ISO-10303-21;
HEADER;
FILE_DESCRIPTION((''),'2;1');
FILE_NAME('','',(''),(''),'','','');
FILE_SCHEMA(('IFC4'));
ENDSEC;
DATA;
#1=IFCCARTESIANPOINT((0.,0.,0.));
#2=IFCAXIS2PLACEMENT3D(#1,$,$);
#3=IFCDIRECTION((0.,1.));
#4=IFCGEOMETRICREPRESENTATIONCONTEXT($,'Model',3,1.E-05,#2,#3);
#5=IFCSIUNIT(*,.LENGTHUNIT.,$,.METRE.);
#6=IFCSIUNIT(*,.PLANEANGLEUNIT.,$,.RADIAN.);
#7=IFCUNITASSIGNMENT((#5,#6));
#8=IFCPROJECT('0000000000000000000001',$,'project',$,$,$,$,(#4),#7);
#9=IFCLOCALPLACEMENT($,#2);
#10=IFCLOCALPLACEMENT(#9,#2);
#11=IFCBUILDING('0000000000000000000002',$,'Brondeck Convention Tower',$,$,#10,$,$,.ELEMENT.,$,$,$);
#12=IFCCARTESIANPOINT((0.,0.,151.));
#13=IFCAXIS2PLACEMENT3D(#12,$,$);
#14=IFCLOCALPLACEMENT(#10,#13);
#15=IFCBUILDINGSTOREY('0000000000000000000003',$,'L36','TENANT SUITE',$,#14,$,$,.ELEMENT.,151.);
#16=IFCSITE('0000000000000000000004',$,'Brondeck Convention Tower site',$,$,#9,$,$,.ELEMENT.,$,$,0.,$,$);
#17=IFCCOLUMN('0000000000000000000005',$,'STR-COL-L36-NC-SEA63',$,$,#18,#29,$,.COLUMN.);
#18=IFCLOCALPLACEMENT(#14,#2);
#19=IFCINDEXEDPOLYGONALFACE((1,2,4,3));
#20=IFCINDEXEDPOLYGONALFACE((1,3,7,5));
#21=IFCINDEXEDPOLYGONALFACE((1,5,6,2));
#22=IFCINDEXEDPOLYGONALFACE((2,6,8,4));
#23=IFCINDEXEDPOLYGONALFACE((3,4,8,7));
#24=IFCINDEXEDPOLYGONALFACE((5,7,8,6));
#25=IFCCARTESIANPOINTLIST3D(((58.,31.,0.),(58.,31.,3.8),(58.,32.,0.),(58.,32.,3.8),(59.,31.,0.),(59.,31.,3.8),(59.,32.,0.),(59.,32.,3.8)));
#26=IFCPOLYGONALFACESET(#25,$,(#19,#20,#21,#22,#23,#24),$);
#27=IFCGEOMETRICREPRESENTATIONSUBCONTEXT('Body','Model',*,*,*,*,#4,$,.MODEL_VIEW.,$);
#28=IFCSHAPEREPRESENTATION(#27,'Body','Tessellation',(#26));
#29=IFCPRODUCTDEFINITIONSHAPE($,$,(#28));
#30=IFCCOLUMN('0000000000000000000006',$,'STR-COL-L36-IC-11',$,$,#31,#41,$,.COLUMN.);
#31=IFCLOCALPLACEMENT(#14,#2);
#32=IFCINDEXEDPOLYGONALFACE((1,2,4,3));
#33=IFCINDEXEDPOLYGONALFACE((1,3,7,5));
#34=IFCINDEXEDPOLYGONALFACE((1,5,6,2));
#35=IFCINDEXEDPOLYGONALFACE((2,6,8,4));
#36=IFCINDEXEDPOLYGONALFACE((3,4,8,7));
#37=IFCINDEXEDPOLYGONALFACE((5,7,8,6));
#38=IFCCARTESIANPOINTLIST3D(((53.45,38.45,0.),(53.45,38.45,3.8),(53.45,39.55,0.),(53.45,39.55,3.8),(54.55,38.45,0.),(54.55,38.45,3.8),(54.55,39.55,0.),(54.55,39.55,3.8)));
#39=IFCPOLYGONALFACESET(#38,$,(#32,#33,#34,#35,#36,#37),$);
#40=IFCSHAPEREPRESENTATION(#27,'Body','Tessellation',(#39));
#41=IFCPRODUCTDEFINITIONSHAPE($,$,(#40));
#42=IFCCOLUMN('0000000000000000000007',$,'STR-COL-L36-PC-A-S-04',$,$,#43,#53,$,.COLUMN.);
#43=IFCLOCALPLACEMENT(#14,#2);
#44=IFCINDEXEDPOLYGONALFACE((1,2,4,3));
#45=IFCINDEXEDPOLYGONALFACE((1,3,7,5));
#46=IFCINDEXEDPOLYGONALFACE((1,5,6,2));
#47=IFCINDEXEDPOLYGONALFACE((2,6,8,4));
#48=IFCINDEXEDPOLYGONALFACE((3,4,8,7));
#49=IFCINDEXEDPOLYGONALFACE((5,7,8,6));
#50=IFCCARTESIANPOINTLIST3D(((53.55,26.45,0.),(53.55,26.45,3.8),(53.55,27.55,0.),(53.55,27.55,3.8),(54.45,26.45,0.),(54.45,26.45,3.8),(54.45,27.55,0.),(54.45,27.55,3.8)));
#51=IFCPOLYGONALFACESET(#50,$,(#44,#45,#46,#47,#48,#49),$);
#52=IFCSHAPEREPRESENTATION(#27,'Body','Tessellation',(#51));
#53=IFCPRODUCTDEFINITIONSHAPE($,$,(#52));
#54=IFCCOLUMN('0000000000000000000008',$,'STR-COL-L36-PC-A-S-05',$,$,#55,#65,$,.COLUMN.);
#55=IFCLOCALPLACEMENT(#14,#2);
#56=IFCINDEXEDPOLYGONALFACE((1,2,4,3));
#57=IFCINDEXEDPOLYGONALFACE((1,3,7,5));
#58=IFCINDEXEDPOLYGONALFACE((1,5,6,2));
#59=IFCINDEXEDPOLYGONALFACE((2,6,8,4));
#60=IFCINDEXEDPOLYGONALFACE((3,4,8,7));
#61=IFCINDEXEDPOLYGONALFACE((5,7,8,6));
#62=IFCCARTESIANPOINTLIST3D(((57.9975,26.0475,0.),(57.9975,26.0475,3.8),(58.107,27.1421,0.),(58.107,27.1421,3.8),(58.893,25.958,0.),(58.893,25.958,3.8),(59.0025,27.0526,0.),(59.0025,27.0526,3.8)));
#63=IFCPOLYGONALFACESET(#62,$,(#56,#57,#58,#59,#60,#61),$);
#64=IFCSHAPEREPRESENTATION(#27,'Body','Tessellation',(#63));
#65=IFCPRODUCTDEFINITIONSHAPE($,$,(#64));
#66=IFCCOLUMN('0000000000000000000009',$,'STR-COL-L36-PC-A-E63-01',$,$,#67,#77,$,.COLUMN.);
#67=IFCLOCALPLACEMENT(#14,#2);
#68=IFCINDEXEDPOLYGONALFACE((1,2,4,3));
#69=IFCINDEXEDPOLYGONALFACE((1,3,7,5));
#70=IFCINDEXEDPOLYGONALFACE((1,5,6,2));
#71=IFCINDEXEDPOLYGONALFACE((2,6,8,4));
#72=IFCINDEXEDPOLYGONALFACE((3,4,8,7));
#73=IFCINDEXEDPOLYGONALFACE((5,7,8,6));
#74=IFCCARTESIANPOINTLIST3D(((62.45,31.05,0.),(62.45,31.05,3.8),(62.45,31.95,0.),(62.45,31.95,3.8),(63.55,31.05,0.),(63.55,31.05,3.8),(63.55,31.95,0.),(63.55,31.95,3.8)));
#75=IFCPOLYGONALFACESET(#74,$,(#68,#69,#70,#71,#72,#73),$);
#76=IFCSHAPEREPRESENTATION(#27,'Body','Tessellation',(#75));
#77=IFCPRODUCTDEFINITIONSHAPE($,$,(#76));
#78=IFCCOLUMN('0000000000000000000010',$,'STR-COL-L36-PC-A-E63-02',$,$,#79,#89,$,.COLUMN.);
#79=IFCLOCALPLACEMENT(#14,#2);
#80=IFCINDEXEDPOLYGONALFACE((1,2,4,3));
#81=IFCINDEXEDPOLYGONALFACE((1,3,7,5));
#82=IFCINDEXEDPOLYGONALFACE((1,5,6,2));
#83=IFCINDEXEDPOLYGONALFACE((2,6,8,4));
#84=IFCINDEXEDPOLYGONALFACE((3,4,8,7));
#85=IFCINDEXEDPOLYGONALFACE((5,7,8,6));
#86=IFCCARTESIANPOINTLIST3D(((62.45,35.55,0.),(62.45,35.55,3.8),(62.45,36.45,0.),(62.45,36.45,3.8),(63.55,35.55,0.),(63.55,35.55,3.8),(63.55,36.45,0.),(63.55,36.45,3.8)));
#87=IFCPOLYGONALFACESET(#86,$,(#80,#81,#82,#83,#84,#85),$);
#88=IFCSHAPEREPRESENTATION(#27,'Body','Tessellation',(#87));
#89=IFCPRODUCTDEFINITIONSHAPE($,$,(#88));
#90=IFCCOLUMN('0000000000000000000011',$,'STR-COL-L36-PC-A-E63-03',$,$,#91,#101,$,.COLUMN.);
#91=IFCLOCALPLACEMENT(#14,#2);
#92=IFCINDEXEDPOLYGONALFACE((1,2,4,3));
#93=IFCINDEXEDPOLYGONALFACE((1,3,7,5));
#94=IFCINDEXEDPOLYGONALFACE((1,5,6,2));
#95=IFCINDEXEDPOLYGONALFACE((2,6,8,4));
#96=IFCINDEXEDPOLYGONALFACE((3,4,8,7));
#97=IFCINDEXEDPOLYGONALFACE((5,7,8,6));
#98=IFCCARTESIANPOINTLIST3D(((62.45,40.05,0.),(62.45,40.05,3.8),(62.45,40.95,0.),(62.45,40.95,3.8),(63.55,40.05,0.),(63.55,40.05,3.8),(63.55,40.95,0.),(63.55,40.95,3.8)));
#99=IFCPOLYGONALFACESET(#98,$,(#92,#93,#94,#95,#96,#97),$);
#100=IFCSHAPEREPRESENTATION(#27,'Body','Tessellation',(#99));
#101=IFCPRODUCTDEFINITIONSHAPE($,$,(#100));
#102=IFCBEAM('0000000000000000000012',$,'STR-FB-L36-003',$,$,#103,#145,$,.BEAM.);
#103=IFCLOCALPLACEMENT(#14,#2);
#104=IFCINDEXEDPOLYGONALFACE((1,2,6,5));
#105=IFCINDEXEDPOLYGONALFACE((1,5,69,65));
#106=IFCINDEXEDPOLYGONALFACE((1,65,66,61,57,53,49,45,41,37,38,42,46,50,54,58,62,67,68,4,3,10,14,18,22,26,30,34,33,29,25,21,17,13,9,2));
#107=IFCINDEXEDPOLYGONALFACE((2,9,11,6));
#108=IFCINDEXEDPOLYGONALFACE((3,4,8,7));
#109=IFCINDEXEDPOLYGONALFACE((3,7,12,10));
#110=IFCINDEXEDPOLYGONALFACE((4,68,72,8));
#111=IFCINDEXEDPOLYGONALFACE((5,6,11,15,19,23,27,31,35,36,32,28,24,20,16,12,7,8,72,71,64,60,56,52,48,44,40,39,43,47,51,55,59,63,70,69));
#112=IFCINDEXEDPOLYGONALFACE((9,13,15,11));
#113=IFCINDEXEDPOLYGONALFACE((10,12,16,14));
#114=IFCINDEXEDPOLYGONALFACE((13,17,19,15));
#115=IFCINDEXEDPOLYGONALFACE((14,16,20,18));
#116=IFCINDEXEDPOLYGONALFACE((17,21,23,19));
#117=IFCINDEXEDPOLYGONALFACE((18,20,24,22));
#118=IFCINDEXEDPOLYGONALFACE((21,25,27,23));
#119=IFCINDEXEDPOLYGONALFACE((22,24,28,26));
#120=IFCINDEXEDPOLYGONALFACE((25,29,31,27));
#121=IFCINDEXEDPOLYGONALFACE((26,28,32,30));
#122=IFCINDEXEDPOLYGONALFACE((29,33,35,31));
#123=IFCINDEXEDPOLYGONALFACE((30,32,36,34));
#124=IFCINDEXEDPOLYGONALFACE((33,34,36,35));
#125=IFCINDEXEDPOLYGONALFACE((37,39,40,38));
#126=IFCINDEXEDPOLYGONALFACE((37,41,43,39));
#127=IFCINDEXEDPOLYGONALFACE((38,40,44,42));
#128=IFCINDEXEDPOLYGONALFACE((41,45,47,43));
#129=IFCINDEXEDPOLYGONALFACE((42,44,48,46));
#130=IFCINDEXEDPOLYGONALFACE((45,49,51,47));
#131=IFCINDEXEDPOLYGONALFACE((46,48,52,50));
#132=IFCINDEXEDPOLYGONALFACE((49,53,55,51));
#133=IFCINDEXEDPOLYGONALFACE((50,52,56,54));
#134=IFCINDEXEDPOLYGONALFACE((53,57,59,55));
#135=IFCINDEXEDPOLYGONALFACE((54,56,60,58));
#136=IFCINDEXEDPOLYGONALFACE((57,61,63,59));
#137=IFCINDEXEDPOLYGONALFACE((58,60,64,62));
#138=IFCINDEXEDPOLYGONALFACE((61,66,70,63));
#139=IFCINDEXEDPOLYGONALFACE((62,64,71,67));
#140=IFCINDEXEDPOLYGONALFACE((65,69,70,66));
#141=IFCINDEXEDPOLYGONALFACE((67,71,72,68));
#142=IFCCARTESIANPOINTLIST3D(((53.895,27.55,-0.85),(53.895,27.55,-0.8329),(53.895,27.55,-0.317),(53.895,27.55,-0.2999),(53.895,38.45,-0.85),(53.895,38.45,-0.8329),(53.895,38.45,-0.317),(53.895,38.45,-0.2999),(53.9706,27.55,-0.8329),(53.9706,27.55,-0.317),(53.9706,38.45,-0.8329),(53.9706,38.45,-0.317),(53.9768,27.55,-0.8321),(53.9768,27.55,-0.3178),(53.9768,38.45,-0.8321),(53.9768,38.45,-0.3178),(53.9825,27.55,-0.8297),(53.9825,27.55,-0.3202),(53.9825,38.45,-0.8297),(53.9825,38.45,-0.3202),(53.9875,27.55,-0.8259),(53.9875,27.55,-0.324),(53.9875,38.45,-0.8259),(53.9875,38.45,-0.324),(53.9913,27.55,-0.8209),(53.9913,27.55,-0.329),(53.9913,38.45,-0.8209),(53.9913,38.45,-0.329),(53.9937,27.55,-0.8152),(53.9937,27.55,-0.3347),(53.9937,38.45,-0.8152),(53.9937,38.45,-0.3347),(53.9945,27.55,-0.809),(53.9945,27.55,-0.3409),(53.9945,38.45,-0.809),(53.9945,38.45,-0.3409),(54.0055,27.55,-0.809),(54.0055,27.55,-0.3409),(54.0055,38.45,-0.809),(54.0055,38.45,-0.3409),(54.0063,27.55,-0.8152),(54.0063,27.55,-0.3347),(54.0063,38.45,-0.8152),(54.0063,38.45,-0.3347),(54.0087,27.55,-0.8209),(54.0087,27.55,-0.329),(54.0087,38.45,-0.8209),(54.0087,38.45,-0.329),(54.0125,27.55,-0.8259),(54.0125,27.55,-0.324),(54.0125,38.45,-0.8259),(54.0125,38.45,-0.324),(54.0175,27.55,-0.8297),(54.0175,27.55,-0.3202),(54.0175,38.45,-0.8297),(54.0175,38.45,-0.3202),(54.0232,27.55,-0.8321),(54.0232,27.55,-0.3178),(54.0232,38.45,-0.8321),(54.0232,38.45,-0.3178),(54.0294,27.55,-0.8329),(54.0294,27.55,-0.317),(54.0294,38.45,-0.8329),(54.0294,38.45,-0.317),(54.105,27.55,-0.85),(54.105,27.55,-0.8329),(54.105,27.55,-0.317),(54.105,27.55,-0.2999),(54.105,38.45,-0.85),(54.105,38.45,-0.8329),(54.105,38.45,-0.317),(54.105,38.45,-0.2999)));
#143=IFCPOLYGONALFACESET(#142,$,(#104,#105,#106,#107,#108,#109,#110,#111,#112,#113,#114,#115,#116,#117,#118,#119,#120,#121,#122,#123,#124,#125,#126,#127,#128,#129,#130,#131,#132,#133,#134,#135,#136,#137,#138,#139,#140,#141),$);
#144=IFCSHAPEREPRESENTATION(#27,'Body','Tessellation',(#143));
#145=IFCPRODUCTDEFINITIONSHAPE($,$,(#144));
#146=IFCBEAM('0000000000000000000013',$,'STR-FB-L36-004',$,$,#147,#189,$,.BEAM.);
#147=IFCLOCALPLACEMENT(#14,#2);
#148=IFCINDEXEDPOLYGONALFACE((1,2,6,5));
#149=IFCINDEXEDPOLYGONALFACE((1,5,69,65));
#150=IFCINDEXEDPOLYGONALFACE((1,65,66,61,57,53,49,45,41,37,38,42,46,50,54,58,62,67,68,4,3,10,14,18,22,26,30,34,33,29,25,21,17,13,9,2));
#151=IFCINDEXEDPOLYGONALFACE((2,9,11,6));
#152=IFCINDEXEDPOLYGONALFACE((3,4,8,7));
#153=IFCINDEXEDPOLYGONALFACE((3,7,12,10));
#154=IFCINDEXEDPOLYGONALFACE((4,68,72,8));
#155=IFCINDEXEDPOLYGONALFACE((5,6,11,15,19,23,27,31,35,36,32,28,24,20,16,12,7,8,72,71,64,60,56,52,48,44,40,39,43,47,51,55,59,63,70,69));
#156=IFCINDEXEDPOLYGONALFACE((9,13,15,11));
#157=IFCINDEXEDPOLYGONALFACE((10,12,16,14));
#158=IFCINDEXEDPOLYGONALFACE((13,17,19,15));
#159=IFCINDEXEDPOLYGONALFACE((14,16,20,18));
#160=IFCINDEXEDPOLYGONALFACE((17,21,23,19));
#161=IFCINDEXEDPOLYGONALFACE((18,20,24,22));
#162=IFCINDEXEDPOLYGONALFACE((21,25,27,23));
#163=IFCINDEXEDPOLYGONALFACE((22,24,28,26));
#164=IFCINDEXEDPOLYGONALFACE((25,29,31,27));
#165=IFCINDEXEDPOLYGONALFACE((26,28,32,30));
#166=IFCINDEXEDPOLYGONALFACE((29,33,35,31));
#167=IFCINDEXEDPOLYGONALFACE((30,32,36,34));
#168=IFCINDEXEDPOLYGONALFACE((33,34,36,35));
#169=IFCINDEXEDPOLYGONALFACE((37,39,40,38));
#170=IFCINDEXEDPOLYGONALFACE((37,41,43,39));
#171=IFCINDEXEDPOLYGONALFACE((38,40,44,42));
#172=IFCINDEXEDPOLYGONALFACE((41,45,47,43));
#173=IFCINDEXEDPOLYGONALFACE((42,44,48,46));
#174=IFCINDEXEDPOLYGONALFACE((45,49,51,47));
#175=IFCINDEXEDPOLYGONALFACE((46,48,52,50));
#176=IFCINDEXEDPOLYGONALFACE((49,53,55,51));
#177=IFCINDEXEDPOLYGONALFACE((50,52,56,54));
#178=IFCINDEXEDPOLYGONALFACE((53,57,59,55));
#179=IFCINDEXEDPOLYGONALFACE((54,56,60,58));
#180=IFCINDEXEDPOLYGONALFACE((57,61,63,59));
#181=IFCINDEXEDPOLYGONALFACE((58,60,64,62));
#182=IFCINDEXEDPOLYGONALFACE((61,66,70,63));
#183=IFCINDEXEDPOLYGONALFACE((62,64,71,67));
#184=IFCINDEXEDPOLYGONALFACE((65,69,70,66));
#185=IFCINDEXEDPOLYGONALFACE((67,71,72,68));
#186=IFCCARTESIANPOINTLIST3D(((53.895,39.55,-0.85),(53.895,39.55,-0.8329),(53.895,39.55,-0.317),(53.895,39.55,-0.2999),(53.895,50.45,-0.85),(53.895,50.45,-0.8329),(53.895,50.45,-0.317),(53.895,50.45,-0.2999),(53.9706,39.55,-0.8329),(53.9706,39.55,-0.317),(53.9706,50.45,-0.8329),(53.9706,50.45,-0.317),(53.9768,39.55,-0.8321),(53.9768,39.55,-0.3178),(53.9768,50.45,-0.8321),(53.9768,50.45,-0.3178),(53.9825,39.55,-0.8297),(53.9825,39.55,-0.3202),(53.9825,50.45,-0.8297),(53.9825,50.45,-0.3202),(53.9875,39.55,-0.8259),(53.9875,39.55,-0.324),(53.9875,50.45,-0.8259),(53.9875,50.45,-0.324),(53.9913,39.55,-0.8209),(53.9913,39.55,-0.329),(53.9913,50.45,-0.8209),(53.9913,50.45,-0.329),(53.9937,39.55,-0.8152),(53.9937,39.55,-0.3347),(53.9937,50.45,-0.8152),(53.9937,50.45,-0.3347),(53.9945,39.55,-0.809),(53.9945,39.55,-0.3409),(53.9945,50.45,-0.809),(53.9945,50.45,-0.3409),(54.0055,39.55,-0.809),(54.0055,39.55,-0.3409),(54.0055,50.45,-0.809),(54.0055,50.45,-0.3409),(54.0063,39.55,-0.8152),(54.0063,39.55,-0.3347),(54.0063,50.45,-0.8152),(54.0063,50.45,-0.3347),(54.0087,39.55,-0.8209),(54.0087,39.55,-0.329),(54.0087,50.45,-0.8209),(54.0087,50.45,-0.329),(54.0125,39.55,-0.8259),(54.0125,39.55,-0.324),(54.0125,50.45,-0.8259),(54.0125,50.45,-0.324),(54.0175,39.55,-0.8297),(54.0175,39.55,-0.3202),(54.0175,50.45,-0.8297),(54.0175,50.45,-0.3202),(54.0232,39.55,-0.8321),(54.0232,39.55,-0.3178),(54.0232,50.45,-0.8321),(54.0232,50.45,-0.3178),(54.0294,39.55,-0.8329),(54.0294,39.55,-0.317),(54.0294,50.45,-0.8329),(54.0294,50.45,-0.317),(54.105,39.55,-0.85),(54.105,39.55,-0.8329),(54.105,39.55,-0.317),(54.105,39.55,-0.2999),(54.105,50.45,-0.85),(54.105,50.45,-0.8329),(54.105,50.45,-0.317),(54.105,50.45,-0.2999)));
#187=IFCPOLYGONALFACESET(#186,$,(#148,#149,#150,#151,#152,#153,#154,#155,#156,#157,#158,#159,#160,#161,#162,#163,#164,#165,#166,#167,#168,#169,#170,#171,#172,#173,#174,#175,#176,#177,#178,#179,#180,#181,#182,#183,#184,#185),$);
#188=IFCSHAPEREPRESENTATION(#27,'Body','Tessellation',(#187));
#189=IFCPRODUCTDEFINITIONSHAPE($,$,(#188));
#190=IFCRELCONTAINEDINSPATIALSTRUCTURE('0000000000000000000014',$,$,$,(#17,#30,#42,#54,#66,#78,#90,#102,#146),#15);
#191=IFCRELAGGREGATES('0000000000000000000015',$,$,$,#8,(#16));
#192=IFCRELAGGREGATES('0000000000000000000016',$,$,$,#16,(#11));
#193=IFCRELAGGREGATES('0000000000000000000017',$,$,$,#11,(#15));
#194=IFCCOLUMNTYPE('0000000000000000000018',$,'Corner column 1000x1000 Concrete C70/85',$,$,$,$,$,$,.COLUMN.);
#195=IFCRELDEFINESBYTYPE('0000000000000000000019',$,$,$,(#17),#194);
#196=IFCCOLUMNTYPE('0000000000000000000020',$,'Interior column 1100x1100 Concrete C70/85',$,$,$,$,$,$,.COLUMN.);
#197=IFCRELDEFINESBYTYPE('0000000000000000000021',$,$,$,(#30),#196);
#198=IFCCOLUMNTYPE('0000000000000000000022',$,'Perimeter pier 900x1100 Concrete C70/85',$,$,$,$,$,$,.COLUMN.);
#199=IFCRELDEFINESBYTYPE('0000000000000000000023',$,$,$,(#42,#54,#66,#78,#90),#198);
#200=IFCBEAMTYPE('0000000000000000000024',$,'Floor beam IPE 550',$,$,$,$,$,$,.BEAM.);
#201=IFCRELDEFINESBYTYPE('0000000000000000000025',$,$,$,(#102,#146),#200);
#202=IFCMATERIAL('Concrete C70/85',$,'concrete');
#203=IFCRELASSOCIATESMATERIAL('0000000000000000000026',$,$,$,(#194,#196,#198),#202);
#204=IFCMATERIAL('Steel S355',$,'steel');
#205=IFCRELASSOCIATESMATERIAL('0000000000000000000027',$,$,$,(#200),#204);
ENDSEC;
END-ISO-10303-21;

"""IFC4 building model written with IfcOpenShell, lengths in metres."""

from ifc_helpers import new_model, si_unit, direction, frame, origin, origin_2d, place, context, subcontext, project, spatial, rectangle, i_section, extrude, material, material_profile, profile_set, type_object, element, save


model = new_model("IFC4")

# Units and contexts
model_context = context("Model", 3, precision=1e-05, world=origin(), true_north=direction((0.0, 1.0)))
body_context = subcontext(model_context, "Body", "Model", "MODEL_VIEW")
ifc_project = project(units=[si_unit("LENGTHUNIT", "METRE"), si_unit("PLANEANGLEUNIT", "RADIAN")], contexts=[model_context])

# Site, building, storey
site_placement = place(None, origin())
site = spatial("IfcSite", under=ifc_project, at=site_placement, Name="Brondeck Convention Tower site", CompositionType="ELEMENT", RefElevation=0.0)
building_placement = place(site_placement, origin())
building = spatial("IfcBuilding", under=site, at=building_placement, Name="Brondeck Convention Tower", CompositionType="ELEMENT")
storey_placement = place(building_placement, frame((0.0, 0.0, 151.0)))
storey = spatial("IfcBuildingStorey", under=building, at=storey_placement, Name="L36", Description="TENANT SUITE", CompositionType="ELEMENT", Elevation=151.0)

# Columns
ifc_material_1 = material(Name="Concrete C70/85", Category="concrete")
ifc_material_profile_1 = material_profile(ifc_material_1, rectangle(XDim=1.0, YDim=1.0, at=origin_2d()), Name="Corner column 1000x1000 Concrete C70/85")
ifc_profile_set_1 = profile_set([ifc_material_profile_1], Name="Concrete C70/85")
column_type_1 = type_object("IfcColumnType", Name="Corner column 1000x1000 Concrete C70/85", PredefinedType="COLUMN", material=ifc_profile_set_1)
column_1_placement = place(storey_placement, frame((58.5, 31.5, 0.0), z_axis=(0.0, 0.0, 1.0), x_axis=(1.0, 0.0, 0.0)))
element("IfcColumn", 1, at=column_1_placement, inside=storey, type_object=column_type_1, Name="STR-COL-L36-NC-SEA63", PredefinedType="COLUMN", context=body_context, shape_type="SweptSolid", body=[
    extrude(rectangle(XDim=1.0, YDim=1.0, at=origin_2d()), origin(), (0.0, 0.0, 1.0), 3.8),
])
ifc_material_profile_2 = material_profile(ifc_material_1, rectangle(XDim=1.1001, YDim=1.1001, at=origin_2d()), Name="Interior column 1100x1100 Concrete C70/85")
ifc_profile_set_2 = profile_set([ifc_material_profile_2], Name="Concrete C70/85")
column_type_2 = type_object("IfcColumnType", Name="Interior column 1100x1100 Concrete C70/85", PredefinedType="COLUMN", material=ifc_profile_set_2)
column_2_placement = place(storey_placement, frame((54.0, 39.0, 0.0), z_axis=(0.0, 0.0, 1.0), x_axis=(1.0, 0.0, 0.0)))
element("IfcColumn", 2, at=column_2_placement, inside=storey, type_object=column_type_2, Name="STR-COL-L36-IC-11", PredefinedType="COLUMN", context=body_context, shape_type="SweptSolid", body=[
    extrude(rectangle(XDim=1.1001, YDim=1.1001, at=origin_2d()), origin(), (0.0, 0.0, 1.0), 3.8),
])
ifc_material_profile_3 = material_profile(ifc_material_1, rectangle(XDim=0.8999, YDim=1.1001, at=origin_2d()), Name="Perimeter pier 900x1100 Concrete C70/85")
ifc_profile_set_3 = profile_set([ifc_material_profile_3], Name="Concrete C70/85")
column_type_3 = type_object("IfcColumnType", Name="Perimeter pier 900x1100 Concrete C70/85", PredefinedType="COLUMN", material=ifc_profile_set_3)
for number, where, z_axis, x_axis, name in (
    (3, (54.0, 27.0, 0.0), (0.0, 0.0, 1.0), (1.0, 0.0, 0.0), "STR-COL-L36-PC-A-S-04"),
    (4, (58.5, 26.55, 0.0), (0.0, 0.0, 1.0), (0.995037, -0.099504, 0.0), "STR-COL-L36-PC-A-S-05"),
    (5, (63.0, 31.5, 0.0), (0.0, 0.0, 1.0), (0.0, 1.0, 0.0), "STR-COL-L36-PC-A-E63-01"),
    (6, (63.0, 36.0, 0.0), (0.0, 0.0, 1.0), (0.0, 1.0, 0.0), "STR-COL-L36-PC-A-E63-02"),
    (7, (63.0, 40.5, 0.0), (0.0, 0.0, 1.0), (0.0, 1.0, 0.0), "STR-COL-L36-PC-A-E63-03"),
):
    element("IfcColumn", number, at=place(storey_placement, frame(where, z_axis=z_axis, x_axis=x_axis)), inside=storey, type_object=column_type_3, Name=name, PredefinedType="COLUMN", context=body_context, shape_type="SweptSolid", body=[
        extrude(rectangle(XDim=0.8999, YDim=1.1001, at=origin_2d()), origin(), (0.0, 0.0, 1.0), 3.8),
    ])

# Beams
ifc_material_2 = material(Name="Steel S355", Category="steel")
ifc_material_profile_4 = material_profile(ifc_material_2, i_section(OverallWidth=0.21, OverallDepth=0.55, WebThickness=0.011, FlangeThickness=0.0171, FilletRadius=0.0239, at=origin_2d()), Name="IPE 550")
ifc_profile_set_4 = profile_set([ifc_material_profile_4], Name="Steel S355")
beam_type_1 = type_object("IfcBeamType", Name="Floor beam IPE 550", PredefinedType="BEAM", material=ifc_profile_set_4)
for number, where, z_axis, x_axis, name in (
    (8, (54.0, 27.55, -0.575), (0.0, 1.0, 0.0), (-1.0, 0.0, 0.0), "STR-FB-L36-003"),
    (9, (54.0, 39.55, -0.575), (0.0, 1.0, 0.0), (-1.0, 0.0, 0.0), "STR-FB-L36-004"),
):
    element("IfcBeam", number, at=place(storey_placement, frame(where, z_axis=z_axis, x_axis=x_axis)), inside=storey, type_object=beam_type_1, Name=name, PredefinedType="BEAM", context=body_context, shape_type="SweptSolid", body=[
        extrude(i_section(OverallWidth=0.21, OverallDepth=0.55, WebThickness=0.011, FlangeThickness=0.0171, FilletRadius=0.0239, at=origin_2d()), origin(), (0.0, 0.0, 1.0), 10.8999),
    ])

save(model, "model.ifc")
